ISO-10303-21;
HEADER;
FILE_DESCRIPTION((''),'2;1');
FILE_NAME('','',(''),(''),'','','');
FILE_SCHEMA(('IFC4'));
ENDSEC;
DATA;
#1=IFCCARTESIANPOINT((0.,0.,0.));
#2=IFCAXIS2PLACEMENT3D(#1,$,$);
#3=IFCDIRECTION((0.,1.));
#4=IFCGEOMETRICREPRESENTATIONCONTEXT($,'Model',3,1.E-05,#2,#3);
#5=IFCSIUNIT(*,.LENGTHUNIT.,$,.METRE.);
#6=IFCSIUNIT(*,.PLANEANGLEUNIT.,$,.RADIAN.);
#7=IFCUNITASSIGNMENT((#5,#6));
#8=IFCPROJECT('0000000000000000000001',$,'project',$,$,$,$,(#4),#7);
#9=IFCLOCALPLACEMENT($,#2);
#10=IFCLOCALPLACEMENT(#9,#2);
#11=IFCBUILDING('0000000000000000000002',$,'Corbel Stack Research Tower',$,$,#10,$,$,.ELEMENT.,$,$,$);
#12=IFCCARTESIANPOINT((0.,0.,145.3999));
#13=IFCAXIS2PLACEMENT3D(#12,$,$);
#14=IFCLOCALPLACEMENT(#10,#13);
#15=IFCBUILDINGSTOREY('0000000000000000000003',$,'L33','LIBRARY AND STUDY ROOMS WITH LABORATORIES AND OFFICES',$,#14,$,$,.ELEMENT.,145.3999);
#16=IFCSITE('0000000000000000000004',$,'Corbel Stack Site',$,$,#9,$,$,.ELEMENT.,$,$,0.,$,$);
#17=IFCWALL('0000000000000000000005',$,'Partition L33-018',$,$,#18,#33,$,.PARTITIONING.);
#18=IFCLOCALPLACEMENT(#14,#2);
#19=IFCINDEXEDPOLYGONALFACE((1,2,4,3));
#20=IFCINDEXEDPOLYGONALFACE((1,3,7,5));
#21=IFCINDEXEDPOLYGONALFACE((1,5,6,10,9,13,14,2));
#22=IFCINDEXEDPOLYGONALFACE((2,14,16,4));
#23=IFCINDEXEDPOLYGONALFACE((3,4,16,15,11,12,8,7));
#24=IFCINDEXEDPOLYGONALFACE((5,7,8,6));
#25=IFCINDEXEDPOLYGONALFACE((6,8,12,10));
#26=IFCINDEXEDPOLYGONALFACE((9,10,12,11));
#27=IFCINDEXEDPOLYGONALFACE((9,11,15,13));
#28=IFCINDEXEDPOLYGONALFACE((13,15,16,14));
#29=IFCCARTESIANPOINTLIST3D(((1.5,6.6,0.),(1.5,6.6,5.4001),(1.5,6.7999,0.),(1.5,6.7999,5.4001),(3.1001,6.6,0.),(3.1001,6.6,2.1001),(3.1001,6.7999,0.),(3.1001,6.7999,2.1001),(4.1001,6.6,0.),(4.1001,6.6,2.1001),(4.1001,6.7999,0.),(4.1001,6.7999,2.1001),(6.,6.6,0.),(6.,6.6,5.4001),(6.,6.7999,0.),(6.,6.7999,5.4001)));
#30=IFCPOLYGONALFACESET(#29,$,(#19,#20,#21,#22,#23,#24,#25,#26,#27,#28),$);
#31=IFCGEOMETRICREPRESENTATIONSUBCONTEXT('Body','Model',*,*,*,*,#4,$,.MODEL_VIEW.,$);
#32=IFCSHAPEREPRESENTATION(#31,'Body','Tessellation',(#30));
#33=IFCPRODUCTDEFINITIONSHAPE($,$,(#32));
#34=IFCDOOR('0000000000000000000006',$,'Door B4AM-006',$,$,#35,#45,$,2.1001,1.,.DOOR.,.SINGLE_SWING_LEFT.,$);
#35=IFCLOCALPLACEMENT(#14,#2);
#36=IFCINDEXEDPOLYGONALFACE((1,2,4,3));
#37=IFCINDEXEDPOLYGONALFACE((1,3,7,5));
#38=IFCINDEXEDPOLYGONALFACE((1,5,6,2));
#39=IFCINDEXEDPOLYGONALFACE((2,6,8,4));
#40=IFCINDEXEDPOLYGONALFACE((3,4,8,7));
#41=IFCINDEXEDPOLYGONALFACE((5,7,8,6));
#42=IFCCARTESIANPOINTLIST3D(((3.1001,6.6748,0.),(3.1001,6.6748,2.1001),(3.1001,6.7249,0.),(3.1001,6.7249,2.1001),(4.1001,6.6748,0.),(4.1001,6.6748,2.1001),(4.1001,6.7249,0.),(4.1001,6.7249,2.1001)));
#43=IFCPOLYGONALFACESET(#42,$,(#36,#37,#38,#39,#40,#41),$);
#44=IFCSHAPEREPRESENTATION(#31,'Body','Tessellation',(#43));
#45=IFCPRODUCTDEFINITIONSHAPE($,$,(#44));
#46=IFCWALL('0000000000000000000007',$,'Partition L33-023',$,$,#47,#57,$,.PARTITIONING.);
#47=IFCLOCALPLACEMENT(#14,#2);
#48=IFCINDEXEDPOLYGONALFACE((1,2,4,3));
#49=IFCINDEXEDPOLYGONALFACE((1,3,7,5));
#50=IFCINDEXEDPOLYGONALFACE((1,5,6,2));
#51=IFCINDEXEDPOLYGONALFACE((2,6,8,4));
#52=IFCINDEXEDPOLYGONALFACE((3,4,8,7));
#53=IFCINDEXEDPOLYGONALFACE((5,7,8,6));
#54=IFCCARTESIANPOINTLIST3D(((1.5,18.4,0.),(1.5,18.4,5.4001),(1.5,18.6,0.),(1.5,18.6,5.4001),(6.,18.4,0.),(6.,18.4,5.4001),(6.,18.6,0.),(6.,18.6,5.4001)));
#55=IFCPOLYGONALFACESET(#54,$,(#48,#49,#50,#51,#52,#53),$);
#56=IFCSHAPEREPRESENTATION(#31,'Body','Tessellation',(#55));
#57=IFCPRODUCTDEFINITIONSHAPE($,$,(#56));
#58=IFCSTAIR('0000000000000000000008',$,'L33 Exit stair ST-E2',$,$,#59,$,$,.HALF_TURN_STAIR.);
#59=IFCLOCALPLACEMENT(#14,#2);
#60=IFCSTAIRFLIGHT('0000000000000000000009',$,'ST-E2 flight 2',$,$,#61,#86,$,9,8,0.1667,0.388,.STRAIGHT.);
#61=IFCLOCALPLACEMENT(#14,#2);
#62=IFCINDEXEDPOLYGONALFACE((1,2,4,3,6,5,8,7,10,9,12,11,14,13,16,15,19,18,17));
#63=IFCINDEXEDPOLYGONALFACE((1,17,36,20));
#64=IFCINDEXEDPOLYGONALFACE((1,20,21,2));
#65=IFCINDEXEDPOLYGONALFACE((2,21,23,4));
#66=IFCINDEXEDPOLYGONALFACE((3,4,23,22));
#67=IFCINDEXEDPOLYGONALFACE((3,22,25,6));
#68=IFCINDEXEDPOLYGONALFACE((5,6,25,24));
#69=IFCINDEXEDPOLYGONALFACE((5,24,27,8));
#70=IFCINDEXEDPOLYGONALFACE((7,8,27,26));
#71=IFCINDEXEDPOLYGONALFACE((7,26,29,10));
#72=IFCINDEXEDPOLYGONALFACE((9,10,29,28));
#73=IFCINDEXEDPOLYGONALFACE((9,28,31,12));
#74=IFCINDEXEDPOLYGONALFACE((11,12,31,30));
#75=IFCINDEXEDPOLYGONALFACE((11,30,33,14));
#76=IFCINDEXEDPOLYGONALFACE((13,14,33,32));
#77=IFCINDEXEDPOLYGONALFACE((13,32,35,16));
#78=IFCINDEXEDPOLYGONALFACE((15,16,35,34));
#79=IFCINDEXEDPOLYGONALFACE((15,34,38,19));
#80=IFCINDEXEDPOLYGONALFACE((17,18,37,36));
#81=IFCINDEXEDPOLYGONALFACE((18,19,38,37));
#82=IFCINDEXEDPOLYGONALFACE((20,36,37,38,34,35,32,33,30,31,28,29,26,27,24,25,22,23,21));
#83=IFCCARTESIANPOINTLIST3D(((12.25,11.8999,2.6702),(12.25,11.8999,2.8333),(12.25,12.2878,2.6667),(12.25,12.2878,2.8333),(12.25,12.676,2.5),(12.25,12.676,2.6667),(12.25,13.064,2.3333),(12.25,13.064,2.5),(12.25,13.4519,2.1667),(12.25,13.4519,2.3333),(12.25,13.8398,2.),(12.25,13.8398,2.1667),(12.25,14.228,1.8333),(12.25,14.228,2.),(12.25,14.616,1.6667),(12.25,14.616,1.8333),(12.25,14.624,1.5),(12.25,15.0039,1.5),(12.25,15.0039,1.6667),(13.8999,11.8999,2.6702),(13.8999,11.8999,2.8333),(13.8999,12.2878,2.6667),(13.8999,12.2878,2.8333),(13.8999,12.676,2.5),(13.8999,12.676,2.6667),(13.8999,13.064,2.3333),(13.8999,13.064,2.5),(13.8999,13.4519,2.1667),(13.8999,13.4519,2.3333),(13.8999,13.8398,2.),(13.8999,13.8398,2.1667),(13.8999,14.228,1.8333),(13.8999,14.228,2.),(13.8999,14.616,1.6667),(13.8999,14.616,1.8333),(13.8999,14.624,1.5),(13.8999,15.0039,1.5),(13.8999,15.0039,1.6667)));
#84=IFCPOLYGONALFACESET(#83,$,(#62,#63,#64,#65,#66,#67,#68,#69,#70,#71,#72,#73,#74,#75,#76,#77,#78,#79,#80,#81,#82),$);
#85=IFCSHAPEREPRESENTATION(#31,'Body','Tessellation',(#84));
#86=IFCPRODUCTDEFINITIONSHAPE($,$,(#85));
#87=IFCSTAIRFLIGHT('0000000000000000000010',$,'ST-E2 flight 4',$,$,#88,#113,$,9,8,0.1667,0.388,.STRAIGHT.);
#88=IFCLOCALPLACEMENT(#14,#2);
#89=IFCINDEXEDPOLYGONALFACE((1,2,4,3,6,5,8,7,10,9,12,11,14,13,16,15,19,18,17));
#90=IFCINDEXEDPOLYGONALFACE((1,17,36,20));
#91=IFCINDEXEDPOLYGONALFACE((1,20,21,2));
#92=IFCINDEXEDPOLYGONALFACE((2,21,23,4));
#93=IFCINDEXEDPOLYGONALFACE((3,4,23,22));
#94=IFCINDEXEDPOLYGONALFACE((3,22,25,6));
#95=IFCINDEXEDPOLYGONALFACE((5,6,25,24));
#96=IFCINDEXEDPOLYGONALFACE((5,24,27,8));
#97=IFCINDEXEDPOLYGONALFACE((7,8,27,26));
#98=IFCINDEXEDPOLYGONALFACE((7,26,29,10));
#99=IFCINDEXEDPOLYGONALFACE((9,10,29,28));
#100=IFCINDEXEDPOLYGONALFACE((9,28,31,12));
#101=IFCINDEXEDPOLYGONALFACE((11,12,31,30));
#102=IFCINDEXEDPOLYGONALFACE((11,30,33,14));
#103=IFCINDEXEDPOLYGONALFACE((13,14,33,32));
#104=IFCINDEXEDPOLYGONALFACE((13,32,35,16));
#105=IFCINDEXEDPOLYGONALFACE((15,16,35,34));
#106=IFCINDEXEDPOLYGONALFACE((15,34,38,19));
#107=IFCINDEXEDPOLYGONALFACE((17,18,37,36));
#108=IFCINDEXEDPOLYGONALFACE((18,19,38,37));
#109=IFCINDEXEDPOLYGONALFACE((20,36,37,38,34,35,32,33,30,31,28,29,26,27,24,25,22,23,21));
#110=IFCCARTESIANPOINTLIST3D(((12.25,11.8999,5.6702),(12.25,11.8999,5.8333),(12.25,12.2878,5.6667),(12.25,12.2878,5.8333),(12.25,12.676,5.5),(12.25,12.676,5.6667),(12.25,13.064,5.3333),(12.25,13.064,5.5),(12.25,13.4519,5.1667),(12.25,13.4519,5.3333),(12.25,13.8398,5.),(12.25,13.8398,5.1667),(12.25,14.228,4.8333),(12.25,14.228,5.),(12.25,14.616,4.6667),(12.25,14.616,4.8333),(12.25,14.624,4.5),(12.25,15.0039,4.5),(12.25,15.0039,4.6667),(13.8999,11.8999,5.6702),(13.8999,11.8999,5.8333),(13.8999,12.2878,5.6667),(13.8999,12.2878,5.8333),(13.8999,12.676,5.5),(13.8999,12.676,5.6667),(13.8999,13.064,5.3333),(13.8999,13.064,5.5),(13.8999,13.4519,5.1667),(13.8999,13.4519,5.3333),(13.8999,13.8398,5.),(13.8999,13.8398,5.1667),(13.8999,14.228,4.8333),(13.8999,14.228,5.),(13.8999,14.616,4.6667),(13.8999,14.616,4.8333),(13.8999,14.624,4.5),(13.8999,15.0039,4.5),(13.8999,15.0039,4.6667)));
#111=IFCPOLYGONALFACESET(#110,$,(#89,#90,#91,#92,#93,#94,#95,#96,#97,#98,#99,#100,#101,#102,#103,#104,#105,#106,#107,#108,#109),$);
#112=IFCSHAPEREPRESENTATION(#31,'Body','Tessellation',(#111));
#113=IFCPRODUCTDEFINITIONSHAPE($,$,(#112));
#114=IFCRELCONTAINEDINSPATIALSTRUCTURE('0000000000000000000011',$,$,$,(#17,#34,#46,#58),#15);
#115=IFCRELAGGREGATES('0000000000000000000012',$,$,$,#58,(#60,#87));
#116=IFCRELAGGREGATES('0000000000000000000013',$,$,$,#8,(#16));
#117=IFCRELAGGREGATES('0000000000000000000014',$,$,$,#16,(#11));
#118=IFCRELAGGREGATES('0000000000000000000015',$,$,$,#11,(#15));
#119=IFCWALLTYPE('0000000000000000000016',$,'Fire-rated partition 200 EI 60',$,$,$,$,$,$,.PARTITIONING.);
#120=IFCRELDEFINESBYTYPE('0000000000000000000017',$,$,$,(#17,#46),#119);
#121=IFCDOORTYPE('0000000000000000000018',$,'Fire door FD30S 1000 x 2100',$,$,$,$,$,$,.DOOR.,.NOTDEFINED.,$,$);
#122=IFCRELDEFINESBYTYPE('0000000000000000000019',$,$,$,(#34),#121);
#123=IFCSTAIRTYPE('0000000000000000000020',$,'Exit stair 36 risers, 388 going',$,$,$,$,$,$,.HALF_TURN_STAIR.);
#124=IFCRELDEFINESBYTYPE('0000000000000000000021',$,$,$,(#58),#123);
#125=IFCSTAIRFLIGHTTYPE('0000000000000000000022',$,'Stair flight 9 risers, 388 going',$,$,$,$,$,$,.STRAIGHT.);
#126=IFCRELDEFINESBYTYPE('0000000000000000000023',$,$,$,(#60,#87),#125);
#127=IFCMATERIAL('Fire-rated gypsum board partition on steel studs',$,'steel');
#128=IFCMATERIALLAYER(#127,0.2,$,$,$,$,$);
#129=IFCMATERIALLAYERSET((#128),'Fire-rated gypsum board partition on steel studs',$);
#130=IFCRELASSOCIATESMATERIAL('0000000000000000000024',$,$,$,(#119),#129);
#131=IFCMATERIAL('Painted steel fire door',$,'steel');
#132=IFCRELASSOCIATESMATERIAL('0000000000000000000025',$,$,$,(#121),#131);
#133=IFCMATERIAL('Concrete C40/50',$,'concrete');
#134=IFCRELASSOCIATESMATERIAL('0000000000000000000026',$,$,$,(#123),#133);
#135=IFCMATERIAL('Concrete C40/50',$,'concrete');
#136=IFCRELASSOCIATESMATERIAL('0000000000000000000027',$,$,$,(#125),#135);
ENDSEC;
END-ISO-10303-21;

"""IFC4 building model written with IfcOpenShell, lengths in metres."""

from ifc_helpers import new_model, si_unit, direction, frame, frame_2d, origin, place, context, subcontext, project, spatial, polyline, rectangle, outline, extrude, material, layer, layer_set, type_object, element, fill, aggregate, save


model = new_model("IFC4")

# Units and contexts
model_context = context("Model", 3, precision=1e-05, world=origin(), true_north=direction((0.0, 1.0)))
body_context = subcontext(model_context, "Body", "Model", "MODEL_VIEW")
ifc_project = project(units=[si_unit("LENGTHUNIT", "METRE"), si_unit("PLANEANGLEUNIT", "RADIAN")], contexts=[model_context])

# Site, building, storey
site_placement = place(None, origin())
site = spatial("IfcSite", under=ifc_project, at=site_placement, Name="Corbel Stack Site", CompositionType="ELEMENT", RefElevation=0.0)
building_placement = place(site_placement, origin())
building = spatial("IfcBuilding", under=site, at=building_placement, Name="Corbel Stack Research Tower", CompositionType="ELEMENT")
storey_placement = place(building_placement, frame((0.0, 0.0, 145.3999)))
storey = spatial("IfcBuildingStorey", under=building, at=storey_placement, Name="L33", Description="LIBRARY AND STUDY ROOMS WITH LABORATORIES AND OFFICES", CompositionType="ELEMENT", Elevation=145.3999)

# Wall, opening, door
ifc_material_1 = material(Name="Fire-rated gypsum board partition on steel studs", Category="steel")
ifc_layer_1 = layer(ifc_material_1, 0.2)
ifc_layer_set_1 = layer_set([ifc_layer_1], Name="Fire-rated gypsum board partition on steel studs")
wall_type_1 = type_object("IfcWallType", Name="Fire-rated partition 200 EI 60", PredefinedType="PARTITIONING", material=ifc_layer_set_1)
wall_1_placement = place(storey_placement, frame((1.5, 6.7, 0.0), z_axis=(0.0, 0.0, 1.0), x_axis=(1.0, 0.0, 0.0)))
wall_1 = element("IfcWall", 1, at=wall_1_placement, inside=storey, type_object=wall_type_1, Name="Partition L33-018", PredefinedType="PARTITIONING", context=body_context, shape_type="SweptSolid", body=[
    extrude(rectangle(XDim=4.5, YDim=0.2, at=frame_2d((2.25, 0.0))), origin(), (0.0, 0.0, 1.0), 5.4001),
])
opening_1_placement = place(wall_1_placement, frame((1.6001, 0.0, 0.0)))
opening_1 = element("IfcOpeningElement", 2, at=opening_1_placement, cuts=wall_1, PredefinedType="OPENING", context=body_context, shape_type="SweptSolid", body=[
    extrude(rectangle(XDim=1.0, YDim=2.1001, at=frame_2d((0.5, 1.05))), frame((0.0, 0.1099, 0.0), z_axis=(0.0, -1.0, 0.0), x_axis=(1.0, 0.0, 0.0)), (0.0, 0.0, 1.0), 0.22),
])
ifc_material_2 = material(Name="Painted steel fire door", Category="steel")
door_type_1 = type_object("IfcDoorType", Name="Fire door FD30S 1000 x 2100", OperationType="NOTDEFINED", PredefinedType="DOOR", material=ifc_material_2)
door_1_placement = place(opening_1_placement, origin())
door_1 = element("IfcDoor", 3, at=door_1_placement, inside=storey, type_object=door_type_1, Name="Door B4AM-006", OperationType="SINGLE_SWING_LEFT", OverallHeight=2.1001, OverallWidth=1.0, PredefinedType="DOOR", context=body_context, shape_type="SweptSolid", body=[
    extrude(rectangle(XDim=1.0, YDim=2.1001, at=frame_2d((0.5, 1.05))), frame((0.0, 0.0249, 0.0), z_axis=(0.0, -1.0, 0.0), x_axis=(1.0, 0.0, 0.0)), (0.0, 0.0, 1.0), 0.05),
])
fill(opening_1, door_1)

# Wall
wall_2_placement = place(storey_placement, frame((1.5, 18.5, 0.0), z_axis=(0.0, 0.0, 1.0), x_axis=(1.0, 0.0, 0.0)))
element("IfcWall", 4, at=wall_2_placement, inside=storey, type_object=wall_type_1, Name="Partition L33-023", PredefinedType="PARTITIONING", context=body_context, shape_type="SweptSolid", body=[
    extrude(rectangle(XDim=4.5, YDim=0.2, at=frame_2d((2.25, 0.0))), origin(), (0.0, 0.0, 1.0), 5.4001),
])

# Stair, stair flights
ifc_material_3 = material(Name="Concrete C40/50", Category="concrete")
stair_type = type_object("IfcStairType", Name="Exit stair 36 risers, 388 going", PredefinedType="HALF_TURN_STAIR", material=ifc_material_3)
stair_placement = place(storey_placement, origin())
stair = element("IfcStair", 5, at=stair_placement, inside=storey, type_object=stair_type, Name="L33 Exit stair ST-E2", PredefinedType="HALF_TURN_STAIR")
ifc_material_4 = material(Name="Concrete C40/50", Category="concrete")
stair_flight_type = type_object("IfcStairFlightType", Name="Stair flight 9 risers, 388 going", PredefinedType="STRAIGHT", material=ifc_material_4)
stair_flight_1_placement = place(storey_placement, frame((13.075, 15.0039, 1.5), z_axis=(0.0, 0.0, 1.0), x_axis=(0.0, -1.0, 0.0)))
stair_flight_1 = element("IfcStairFlight", 6, at=stair_flight_1_placement, type_object=stair_flight_type, Name="ST-E2 flight 2", NumberOfRisers=9, NumberOfTreads=8, PredefinedType="STRAIGHT", RiserHeight=0.1667, TreadLength=0.388, context=body_context, shape_type="SweptSolid", body=[
    extrude(outline(polyline([(0.0, 0.0), (0.0, 0.1667), (0.3879, 0.1667), (0.3879, 0.3333), (0.7759, 0.3333), (0.7759, 0.5), (1.1641, 0.5), (1.1641, 0.6667), (1.552, 0.6667), (1.552, 0.8333), (1.9399, 0.8333), (1.9399, 1.0), (2.3279, 1.0), (2.3279, 1.1667), (2.7161, 1.1667), (2.7161, 1.3333), (3.104, 1.3333), (3.104, 1.5), (3.104, 1.1702), (0.3799, 0.0), (0.0, 0.0)])), frame((0.0, 0.825, 0.0), z_axis=(0.0, -1.0, 0.0), x_axis=(1.0, 0.0, 0.0)), (0.0, 0.0, 1.0), 1.6499),
])
stair_flight_2_placement = place(storey_placement, frame((13.075, 15.0039, 4.5), z_axis=(0.0, 0.0, 1.0), x_axis=(0.0, -1.0, 0.0)))
stair_flight_2 = element("IfcStairFlight", 7, at=stair_flight_2_placement, type_object=stair_flight_type, Name="ST-E2 flight 4", NumberOfRisers=9, NumberOfTreads=8, PredefinedType="STRAIGHT", RiserHeight=0.1667, TreadLength=0.388, context=body_context, shape_type="SweptSolid", body=[
    extrude(outline(polyline([(0.0, 0.0), (0.0, 0.1667), (0.3879, 0.1667), (0.3879, 0.3333), (0.7759, 0.3333), (0.7759, 0.5), (1.1641, 0.5), (1.1641, 0.6667), (1.552, 0.6667), (1.552, 0.8333), (1.9399, 0.8333), (1.9399, 1.0), (2.3279, 1.0), (2.3279, 1.1667), (2.7161, 1.1667), (2.7161, 1.3333), (3.104, 1.3333), (3.104, 1.5), (3.104, 1.1702), (0.3799, 0.0), (0.0, 0.0)])), frame((0.0, 0.825, 0.0), z_axis=(0.0, -1.0, 0.0), x_axis=(1.0, 0.0, 0.0)), (0.0, 0.0, 1.0), 1.6499),
])
aggregate(stair, [stair_flight_1, stair_flight_2])

save(model, "model.ifc")
